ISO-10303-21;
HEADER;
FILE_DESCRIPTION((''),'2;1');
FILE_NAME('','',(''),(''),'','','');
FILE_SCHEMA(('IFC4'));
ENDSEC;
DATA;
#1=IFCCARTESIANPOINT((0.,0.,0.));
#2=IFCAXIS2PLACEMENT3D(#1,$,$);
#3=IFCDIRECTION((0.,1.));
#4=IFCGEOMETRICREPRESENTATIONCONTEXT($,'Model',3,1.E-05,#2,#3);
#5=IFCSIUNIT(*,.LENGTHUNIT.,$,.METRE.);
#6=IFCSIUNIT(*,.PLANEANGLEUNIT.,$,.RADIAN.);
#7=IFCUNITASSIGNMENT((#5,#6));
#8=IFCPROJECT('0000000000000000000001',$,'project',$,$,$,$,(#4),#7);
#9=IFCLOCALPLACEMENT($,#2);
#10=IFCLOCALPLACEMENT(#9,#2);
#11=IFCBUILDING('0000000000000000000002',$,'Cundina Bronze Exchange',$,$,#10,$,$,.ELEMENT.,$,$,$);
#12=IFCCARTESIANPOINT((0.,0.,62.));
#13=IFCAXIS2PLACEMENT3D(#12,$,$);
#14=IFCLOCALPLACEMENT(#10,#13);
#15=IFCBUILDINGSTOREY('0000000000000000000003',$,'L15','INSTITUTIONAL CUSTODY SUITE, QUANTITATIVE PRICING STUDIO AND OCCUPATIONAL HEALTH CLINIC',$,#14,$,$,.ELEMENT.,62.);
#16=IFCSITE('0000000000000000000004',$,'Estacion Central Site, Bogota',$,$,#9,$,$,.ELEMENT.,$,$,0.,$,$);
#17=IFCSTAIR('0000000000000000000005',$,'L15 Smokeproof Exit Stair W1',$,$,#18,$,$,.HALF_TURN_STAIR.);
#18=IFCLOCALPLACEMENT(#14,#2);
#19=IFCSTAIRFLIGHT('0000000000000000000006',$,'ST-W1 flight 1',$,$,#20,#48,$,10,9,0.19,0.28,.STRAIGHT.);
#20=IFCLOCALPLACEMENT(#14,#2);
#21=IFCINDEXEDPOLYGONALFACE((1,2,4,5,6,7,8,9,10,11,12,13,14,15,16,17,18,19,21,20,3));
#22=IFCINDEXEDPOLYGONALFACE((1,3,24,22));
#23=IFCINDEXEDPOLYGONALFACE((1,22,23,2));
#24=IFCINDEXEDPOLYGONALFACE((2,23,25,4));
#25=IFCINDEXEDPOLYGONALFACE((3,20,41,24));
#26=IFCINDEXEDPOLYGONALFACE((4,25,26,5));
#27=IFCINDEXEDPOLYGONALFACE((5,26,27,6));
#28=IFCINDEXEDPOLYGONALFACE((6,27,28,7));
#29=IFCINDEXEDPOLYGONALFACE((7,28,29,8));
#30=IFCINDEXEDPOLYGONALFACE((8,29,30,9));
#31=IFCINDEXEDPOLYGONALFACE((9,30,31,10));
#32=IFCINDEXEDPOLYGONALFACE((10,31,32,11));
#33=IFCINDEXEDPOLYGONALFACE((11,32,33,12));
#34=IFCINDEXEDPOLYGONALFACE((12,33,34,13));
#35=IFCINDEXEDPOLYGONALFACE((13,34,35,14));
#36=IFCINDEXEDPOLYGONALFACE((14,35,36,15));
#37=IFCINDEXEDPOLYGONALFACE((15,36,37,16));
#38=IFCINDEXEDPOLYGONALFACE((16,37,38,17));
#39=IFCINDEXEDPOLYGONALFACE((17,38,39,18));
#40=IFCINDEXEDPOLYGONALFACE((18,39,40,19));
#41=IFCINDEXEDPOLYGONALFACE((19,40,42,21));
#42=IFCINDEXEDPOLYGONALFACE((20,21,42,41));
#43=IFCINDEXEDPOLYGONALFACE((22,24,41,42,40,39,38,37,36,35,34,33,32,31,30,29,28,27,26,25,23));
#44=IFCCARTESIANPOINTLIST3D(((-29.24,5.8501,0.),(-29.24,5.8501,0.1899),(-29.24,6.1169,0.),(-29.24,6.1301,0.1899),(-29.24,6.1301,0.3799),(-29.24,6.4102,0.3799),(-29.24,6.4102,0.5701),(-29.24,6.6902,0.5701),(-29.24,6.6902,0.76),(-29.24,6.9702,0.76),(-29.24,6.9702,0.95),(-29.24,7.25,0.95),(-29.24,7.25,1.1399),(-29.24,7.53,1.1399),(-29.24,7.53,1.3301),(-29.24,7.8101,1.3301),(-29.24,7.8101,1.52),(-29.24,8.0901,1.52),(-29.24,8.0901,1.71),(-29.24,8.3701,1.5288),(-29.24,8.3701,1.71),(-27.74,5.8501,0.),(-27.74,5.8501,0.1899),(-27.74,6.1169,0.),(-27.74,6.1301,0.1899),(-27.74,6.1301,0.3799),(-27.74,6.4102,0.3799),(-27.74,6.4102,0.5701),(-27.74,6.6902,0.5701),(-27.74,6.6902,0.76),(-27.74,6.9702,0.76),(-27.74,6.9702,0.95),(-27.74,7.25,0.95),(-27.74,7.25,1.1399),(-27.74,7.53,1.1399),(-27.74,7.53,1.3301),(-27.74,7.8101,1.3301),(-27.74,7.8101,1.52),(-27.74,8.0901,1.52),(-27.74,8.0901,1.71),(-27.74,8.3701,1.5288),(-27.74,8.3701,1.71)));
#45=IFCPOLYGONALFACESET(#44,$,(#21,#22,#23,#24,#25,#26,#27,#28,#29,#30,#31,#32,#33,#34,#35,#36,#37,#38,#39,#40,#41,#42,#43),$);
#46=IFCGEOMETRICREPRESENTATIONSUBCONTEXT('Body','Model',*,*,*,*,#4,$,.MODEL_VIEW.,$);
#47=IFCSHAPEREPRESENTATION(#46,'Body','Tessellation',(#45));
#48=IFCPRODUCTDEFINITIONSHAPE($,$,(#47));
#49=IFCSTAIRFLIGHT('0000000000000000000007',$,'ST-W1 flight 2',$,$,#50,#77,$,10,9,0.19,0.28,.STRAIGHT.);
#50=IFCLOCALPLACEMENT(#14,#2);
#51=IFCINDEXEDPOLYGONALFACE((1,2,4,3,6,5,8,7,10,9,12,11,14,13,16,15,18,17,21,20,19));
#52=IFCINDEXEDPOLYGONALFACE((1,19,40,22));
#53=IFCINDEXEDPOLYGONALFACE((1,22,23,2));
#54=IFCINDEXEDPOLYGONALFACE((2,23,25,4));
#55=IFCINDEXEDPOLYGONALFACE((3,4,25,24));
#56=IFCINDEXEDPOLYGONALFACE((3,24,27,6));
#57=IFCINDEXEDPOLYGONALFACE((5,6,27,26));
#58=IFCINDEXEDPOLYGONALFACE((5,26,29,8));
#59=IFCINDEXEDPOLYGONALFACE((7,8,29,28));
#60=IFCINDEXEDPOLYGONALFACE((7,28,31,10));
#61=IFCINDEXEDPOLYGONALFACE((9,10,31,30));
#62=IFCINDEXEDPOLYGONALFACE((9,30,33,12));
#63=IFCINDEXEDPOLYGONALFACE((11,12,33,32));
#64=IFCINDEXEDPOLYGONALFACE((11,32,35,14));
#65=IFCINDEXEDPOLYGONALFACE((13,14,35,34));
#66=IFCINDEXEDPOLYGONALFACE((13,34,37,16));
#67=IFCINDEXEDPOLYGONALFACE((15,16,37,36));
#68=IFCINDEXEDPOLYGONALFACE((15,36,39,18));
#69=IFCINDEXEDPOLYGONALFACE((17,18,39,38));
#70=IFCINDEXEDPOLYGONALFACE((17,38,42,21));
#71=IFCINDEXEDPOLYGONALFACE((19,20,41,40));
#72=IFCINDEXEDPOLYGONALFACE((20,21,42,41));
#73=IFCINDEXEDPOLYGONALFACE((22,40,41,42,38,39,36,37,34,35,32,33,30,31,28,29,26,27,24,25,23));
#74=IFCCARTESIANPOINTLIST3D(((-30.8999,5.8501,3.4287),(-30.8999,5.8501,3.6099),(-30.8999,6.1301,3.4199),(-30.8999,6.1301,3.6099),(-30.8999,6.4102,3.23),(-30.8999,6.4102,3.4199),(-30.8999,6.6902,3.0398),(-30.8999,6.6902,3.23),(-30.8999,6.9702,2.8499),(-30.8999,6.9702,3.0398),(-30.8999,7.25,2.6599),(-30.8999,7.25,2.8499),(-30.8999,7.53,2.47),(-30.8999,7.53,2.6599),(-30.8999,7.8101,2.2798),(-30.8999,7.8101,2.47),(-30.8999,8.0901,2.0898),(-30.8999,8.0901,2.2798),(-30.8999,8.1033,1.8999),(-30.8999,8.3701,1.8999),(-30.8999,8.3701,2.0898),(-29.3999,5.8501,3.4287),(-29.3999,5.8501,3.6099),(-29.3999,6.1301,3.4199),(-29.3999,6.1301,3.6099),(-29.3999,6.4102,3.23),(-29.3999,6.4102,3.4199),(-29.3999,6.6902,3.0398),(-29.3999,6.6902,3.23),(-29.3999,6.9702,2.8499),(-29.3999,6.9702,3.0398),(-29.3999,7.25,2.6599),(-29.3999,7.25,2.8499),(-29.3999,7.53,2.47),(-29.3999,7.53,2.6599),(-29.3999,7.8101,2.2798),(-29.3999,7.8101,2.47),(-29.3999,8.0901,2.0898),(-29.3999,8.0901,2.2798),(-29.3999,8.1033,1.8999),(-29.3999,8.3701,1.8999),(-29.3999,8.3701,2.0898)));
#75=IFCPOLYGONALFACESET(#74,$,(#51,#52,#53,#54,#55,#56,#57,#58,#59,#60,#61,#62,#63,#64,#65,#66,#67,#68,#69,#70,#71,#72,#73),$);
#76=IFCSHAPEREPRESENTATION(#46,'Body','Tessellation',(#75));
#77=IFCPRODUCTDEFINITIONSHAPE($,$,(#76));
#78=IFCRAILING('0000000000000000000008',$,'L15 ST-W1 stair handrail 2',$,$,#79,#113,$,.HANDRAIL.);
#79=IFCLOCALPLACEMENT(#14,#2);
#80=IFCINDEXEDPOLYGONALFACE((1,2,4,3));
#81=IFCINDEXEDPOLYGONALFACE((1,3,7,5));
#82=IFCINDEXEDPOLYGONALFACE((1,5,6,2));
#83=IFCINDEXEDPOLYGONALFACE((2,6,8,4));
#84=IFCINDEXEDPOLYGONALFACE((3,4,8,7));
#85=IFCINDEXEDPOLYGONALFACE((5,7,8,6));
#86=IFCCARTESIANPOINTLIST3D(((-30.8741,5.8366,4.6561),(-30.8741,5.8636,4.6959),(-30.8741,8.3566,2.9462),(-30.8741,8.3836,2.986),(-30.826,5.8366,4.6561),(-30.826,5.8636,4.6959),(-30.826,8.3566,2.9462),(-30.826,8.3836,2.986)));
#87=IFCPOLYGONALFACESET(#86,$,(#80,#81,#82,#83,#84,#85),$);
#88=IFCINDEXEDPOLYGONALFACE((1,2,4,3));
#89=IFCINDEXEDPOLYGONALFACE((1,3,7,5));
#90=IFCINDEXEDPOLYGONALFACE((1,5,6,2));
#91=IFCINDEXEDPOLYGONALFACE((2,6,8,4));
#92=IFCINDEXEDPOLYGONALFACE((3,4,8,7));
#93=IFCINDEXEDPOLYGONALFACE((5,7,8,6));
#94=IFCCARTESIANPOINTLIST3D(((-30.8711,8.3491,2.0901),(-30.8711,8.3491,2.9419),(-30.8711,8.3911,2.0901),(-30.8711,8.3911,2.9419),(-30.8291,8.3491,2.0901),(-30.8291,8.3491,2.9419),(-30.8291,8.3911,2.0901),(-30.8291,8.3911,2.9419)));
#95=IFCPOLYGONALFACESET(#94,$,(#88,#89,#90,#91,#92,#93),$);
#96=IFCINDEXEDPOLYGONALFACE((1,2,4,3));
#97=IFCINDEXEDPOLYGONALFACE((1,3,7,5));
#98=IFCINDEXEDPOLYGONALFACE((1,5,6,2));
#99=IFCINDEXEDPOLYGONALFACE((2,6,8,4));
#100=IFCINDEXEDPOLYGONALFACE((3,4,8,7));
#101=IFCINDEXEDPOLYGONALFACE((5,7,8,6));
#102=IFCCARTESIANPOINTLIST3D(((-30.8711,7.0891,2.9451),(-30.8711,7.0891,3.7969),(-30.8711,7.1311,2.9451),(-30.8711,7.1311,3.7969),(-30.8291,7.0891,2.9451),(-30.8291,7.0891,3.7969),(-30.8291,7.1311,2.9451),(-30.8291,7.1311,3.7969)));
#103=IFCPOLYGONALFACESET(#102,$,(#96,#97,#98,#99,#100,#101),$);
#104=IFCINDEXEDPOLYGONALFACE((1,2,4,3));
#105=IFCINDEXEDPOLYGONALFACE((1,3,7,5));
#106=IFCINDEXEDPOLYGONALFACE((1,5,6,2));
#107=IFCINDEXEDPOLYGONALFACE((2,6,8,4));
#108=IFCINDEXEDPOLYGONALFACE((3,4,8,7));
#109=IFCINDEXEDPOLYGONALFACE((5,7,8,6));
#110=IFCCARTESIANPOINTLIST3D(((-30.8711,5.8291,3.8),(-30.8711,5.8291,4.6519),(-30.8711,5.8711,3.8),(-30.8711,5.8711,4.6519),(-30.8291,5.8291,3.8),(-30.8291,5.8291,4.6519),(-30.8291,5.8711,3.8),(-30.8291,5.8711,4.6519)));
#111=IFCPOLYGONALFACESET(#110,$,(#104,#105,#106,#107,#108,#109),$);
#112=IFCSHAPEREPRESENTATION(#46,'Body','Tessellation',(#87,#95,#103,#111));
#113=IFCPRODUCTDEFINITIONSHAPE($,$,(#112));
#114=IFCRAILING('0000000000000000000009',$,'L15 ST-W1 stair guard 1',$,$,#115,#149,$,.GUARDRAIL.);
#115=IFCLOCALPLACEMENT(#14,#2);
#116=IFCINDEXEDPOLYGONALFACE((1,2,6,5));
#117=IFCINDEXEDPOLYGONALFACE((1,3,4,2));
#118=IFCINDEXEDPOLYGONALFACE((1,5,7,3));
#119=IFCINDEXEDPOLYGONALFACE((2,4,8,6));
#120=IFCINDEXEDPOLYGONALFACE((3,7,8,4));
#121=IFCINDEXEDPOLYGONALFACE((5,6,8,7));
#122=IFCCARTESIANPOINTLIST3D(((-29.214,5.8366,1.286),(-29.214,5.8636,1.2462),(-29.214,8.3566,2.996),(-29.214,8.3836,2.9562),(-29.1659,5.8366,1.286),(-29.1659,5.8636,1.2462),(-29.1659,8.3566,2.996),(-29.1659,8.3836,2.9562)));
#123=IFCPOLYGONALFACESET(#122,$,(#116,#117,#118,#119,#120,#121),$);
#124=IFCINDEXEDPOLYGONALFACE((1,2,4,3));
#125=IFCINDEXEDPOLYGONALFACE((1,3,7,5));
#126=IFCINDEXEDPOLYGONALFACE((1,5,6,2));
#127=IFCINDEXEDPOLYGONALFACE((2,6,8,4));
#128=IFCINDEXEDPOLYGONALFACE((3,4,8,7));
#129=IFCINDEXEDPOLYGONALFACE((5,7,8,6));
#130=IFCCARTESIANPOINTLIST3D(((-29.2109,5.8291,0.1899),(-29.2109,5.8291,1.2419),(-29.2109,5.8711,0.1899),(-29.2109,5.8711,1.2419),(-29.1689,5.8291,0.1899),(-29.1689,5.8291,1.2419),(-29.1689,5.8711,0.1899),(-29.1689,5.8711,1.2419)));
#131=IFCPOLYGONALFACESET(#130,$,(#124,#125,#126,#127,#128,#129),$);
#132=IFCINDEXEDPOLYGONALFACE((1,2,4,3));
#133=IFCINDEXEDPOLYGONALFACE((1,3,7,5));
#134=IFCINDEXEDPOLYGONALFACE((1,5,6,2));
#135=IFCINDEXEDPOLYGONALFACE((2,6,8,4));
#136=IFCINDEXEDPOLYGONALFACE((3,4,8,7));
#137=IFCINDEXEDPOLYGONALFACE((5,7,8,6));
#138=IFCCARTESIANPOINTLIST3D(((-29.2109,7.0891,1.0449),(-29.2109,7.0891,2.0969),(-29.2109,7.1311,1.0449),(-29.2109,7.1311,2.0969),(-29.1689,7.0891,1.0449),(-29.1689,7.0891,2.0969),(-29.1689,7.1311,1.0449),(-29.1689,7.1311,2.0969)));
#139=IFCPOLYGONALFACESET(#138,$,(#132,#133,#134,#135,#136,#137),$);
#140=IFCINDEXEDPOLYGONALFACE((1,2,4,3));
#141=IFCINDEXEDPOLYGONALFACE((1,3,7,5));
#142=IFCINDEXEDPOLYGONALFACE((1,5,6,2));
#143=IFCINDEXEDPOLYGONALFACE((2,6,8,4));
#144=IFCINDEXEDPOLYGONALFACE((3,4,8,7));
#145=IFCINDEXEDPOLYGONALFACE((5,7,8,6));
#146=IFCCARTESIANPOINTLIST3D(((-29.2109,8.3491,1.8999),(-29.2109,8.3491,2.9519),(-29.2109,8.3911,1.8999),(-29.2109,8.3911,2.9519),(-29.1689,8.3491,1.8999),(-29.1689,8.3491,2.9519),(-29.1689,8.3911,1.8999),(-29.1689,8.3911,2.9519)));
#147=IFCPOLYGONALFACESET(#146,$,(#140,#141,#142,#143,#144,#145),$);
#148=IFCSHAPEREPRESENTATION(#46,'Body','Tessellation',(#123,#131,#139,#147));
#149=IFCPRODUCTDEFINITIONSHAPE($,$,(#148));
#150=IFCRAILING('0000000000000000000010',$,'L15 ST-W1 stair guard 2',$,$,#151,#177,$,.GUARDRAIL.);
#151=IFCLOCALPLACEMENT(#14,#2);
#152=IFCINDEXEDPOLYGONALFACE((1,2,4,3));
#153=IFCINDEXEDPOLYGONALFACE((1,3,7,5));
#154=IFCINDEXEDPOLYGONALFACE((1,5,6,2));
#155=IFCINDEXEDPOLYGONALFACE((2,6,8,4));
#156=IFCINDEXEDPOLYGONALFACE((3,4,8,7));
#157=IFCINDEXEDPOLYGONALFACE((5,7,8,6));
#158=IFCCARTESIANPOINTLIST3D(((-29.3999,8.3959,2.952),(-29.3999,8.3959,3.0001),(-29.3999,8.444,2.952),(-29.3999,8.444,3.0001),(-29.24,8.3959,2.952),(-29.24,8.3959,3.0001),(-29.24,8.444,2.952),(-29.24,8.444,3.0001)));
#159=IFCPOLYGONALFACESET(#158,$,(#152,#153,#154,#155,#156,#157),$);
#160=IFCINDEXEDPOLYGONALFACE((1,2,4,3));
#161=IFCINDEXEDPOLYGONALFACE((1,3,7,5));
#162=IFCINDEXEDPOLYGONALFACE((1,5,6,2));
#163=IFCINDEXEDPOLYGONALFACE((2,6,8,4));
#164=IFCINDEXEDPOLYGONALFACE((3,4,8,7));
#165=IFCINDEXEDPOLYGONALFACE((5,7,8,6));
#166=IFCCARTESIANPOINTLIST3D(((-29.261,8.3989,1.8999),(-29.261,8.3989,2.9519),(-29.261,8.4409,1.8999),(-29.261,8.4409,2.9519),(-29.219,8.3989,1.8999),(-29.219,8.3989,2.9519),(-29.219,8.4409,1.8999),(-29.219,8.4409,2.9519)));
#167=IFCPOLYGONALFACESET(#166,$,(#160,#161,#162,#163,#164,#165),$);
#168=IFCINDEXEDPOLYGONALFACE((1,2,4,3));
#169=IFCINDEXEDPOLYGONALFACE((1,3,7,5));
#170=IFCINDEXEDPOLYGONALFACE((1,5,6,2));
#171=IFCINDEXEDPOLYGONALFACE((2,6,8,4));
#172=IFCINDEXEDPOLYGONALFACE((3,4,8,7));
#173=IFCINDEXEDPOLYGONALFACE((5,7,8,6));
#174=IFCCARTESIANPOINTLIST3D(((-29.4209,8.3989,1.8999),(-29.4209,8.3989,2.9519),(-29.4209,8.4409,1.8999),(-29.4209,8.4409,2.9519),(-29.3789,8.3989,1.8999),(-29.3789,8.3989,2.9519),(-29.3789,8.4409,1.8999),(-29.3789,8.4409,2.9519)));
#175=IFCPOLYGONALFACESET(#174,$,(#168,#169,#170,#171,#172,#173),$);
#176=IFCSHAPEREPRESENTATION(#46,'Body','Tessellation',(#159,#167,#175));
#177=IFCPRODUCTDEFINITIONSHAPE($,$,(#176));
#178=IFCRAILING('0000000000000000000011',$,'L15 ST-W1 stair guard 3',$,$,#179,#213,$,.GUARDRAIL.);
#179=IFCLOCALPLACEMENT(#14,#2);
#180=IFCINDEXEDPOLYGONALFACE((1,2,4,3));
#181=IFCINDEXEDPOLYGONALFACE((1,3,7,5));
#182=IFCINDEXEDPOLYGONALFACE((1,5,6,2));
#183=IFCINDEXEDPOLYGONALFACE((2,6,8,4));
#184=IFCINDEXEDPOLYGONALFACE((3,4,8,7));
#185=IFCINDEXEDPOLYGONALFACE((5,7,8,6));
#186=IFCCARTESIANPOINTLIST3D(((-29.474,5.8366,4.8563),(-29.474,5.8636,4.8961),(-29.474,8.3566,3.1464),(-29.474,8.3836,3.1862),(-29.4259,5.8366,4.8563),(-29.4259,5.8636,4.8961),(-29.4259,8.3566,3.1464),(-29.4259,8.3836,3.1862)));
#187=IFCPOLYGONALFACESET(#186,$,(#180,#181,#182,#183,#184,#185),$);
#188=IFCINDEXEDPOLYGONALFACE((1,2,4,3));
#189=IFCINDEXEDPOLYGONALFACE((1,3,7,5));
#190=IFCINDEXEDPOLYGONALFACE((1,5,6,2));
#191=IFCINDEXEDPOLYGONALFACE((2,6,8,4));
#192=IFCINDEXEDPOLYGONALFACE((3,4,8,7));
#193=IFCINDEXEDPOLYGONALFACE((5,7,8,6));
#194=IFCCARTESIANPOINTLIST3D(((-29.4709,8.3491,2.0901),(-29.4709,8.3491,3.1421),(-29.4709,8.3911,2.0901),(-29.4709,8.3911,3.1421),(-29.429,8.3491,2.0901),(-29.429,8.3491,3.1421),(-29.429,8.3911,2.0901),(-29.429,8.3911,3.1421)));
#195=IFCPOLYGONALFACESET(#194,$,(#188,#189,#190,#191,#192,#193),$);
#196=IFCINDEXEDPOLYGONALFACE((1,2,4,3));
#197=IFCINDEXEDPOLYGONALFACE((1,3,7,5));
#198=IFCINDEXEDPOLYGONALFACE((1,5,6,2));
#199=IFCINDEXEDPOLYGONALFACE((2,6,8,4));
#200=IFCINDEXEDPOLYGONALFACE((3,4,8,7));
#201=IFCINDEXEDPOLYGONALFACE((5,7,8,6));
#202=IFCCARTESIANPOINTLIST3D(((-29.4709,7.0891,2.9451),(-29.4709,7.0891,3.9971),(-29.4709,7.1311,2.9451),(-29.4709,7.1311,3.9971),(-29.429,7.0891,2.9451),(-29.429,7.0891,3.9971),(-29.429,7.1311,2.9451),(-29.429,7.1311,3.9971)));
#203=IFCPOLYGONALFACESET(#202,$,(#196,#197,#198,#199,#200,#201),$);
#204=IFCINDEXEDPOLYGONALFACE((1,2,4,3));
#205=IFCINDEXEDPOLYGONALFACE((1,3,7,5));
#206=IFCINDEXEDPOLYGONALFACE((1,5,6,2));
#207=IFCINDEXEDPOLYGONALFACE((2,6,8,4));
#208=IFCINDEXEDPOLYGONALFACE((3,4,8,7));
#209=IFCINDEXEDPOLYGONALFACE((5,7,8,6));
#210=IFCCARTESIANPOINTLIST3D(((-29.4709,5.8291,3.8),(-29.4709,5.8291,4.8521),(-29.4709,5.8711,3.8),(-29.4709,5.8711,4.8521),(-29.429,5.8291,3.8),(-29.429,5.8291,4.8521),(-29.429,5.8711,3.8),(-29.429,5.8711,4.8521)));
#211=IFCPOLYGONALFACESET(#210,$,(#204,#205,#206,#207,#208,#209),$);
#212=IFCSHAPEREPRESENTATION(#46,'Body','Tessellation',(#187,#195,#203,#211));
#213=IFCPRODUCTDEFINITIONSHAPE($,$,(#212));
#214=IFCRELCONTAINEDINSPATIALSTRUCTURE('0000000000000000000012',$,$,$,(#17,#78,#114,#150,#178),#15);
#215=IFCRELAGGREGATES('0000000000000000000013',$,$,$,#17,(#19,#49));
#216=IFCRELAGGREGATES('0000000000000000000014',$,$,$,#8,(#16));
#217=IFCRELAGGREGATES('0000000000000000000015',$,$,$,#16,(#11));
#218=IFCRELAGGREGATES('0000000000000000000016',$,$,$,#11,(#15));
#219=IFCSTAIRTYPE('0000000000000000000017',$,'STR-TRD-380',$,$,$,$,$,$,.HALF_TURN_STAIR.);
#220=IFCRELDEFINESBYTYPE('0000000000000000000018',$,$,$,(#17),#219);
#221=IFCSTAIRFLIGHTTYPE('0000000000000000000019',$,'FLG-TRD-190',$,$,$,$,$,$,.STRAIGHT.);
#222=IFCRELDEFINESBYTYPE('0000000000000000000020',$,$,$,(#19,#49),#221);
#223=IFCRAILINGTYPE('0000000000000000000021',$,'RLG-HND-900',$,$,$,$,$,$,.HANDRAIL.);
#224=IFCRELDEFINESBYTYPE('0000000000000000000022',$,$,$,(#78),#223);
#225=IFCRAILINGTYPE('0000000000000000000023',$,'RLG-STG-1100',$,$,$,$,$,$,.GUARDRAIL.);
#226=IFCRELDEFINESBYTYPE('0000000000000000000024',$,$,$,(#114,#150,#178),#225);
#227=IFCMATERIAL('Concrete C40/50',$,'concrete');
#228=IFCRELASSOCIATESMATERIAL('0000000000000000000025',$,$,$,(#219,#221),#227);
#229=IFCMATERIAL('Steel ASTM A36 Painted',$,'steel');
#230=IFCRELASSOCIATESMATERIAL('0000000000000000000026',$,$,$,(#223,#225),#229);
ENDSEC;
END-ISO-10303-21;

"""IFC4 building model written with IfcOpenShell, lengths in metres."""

from ifc_helpers import new_model, si_unit, direction, frame, origin, origin_2d, place, context, subcontext, project, spatial, polyline, rectangle, outline, extrude, material, type_object, element, aggregate, save


model = new_model("IFC4")

# Units and contexts
model_context = context("Model", 3, precision=1e-05, world=origin(), true_north=direction((0.0, 1.0)))
body_context = subcontext(model_context, "Body", "Model", "MODEL_VIEW")
ifc_project = project(units=[si_unit("LENGTHUNIT", "METRE"), si_unit("PLANEANGLEUNIT", "RADIAN")], contexts=[model_context])

# Site, building, storey
site_placement = place(None, origin())
site = spatial("IfcSite", under=ifc_project, at=site_placement, Name="Estacion Central Site, Bogota", CompositionType="ELEMENT", RefElevation=0.0)
building_placement = place(site_placement, origin())
building = spatial("IfcBuilding", under=site, at=building_placement, Name="Cundina Bronze Exchange", CompositionType="ELEMENT")
storey_placement = place(building_placement, frame((0.0, 0.0, 62.0)))
storey = spatial("IfcBuildingStorey", under=building, at=storey_placement, Name="L15", Description="INSTITUTIONAL CUSTODY SUITE, QUANTITATIVE PRICING STUDIO AND OCCUPATIONAL HEALTH CLINIC", CompositionType="ELEMENT", Elevation=62.0)

# Shared definitions
ifc_material_1 = material(Name="Steel ASTM A36 Painted", Category="steel")

# Stair, stair flights
ifc_material_2 = material(Name="Concrete C40/50", Category="concrete")
stair_type = type_object("IfcStairType", Name="STR-TRD-380", PredefinedType="HALF_TURN_STAIR", material=ifc_material_2)
stair_placement = place(storey_placement, origin())
stair = element("IfcStair", 1, at=stair_placement, inside=storey, type_object=stair_type, Name="L15 Smokeproof Exit Stair W1", PredefinedType="HALF_TURN_STAIR")
stair_flight_type = type_object("IfcStairFlightType", Name="FLG-TRD-190", PredefinedType="STRAIGHT", material=ifc_material_2)
stair_flight_1_placement = place(storey_placement, frame((-28.49, 5.8501, 0.0), z_axis=(0.0, 0.0, 1.0), x_axis=(0.0, 1.0, 0.0)))
stair_flight_1 = element("IfcStairFlight", 2, at=stair_flight_1_placement, type_object=stair_flight_type, Name="ST-W1 flight 1", NumberOfRisers=10, NumberOfTreads=9, PredefinedType="STRAIGHT", RiserHeight=0.19, TreadLength=0.28, context=body_context, shape_type="SweptSolid", body=[
    extrude(outline(polyline([(0.0, 0.0), (0.0, 0.1899), (0.28, 0.1899), (0.28, 0.3799), (0.5601, 0.3799), (0.5601, 0.5701), (0.8401, 0.5701), (0.8401, 0.76), (1.1201, 0.76), (1.1201, 0.95), (1.3999, 0.95), (1.3999, 1.1399), (1.6799, 1.1399), (1.6799, 1.3301), (1.96, 1.3301), (1.96, 1.52), (2.24, 1.52), (2.24, 1.71), (2.52, 1.71), (2.52, 1.8999), (2.52, 1.5288), (0.2668, 0.0), (0.0, 0.0)])), frame((0.0, 0.75, 0.0), z_axis=(0.0, -1.0, 0.0), x_axis=(1.0, 0.0, 0.0)), (0.0, 0.0, 1.0), 1.5),
])
stair_flight_2_placement = place(storey_placement, frame((-30.1499, 8.3701, 1.8999), z_axis=(0.0, 0.0, 1.0), x_axis=(0.0, -1.0, 0.0)))
stair_flight_2 = element("IfcStairFlight", 3, at=stair_flight_2_placement, type_object=stair_flight_type, Name="ST-W1 flight 2", NumberOfRisers=10, NumberOfTreads=9, PredefinedType="STRAIGHT", RiserHeight=0.19, TreadLength=0.28, context=body_context, shape_type="SweptSolid", body=[
    extrude(outline(polyline([(0.0, 0.0), (0.0, 0.1899), (0.28, 0.1899), (0.28, 0.3799), (0.5601, 0.3799), (0.5601, 0.5701), (0.8401, 0.5701), (0.8401, 0.76), (1.1201, 0.76), (1.1201, 0.95), (1.3999, 0.95), (1.3999, 1.1399), (1.6799, 1.1399), (1.6799, 1.3301), (1.96, 1.3301), (1.96, 1.52), (2.24, 1.52), (2.24, 1.71), (2.52, 1.71), (2.52, 1.8999), (2.52, 1.5288), (0.2668, 0.0), (0.0, 0.0)])), frame((0.0, 0.75, 0.0), z_axis=(0.0, -1.0, 0.0), x_axis=(1.0, 0.0, 0.0)), (0.0, 0.0, 1.0), 1.5),
])
aggregate(stair, [stair_flight_1, stair_flight_2])

# Railings
railing_type_1 = type_object("IfcRailingType", Name="RLG-HND-900", PredefinedType="HANDRAIL", material=ifc_material_1)
railing_1_placement = place(storey_placement, frame((-30.8501, 8.3701, 2.0901)))
element("IfcRailing", 4, at=railing_1_placement, inside=storey, type_object=railing_type_1, Name="L15 ST-W1 stair handrail 2", PredefinedType="HANDRAIL", context=body_context, shape_type="SweptSolid", body=[
    extrude(rectangle(XDim=0.0481, YDim=0.0481, at=origin_2d()), frame((0.0, 0.0, 0.876), z_axis=(0.0, -0.827484, 0.56149), x_axis=(1.0, 0.0, 0.0)), (0.0, 0.0, 1.0), 3.0454),
    extrude(rectangle(XDim=0.042, YDim=0.042, at=origin_2d()), origin(), (0.0, 0.0, 1.0), 0.8518),
    extrude(rectangle(XDim=0.042, YDim=0.042, at=origin_2d()), frame((0.0, -1.26, 0.855)), (0.0, 0.0, 1.0), 0.8518),
    extrude(rectangle(XDim=0.042, YDim=0.042, at=origin_2d()), frame((0.0, -2.52, 1.71)), (0.0, 0.0, 1.0), 0.8518),
])
railing_type_2 = type_object("IfcRailingType", Name="RLG-STG-1100", PredefinedType="GUARDRAIL", material=ifc_material_1)
railing_2_placement = place(storey_placement, frame((-29.1899, 5.8501, 0.1899)))
element("IfcRailing", 5, at=railing_2_placement, inside=storey, type_object=railing_type_2, Name="L15 ST-W1 stair guard 1", PredefinedType="GUARDRAIL", context=body_context, shape_type="SweptSolid", body=[
    extrude(rectangle(XDim=0.0481, YDim=0.0481, at=origin_2d()), frame((0.0, 0.0, 1.0762), z_axis=(0.0, 0.827484, 0.56149), x_axis=(-1.0, 0.0, 0.0)), (0.0, 0.0, 1.0), 3.0454),
    extrude(rectangle(XDim=0.042, YDim=0.042, at=origin_2d()), origin(), (0.0, 0.0, 1.0), 1.052),
    extrude(rectangle(XDim=0.042, YDim=0.042, at=origin_2d()), frame((0.0, 1.26, 0.855)), (0.0, 0.0, 1.0), 1.052),
    extrude(rectangle(XDim=0.042, YDim=0.042, at=origin_2d()), frame((0.0, 2.52, 1.71)), (0.0, 0.0, 1.0), 1.052),
])
railing_3_placement = place(storey_placement, frame((-29.24, 8.4199, 1.8999)))
element("IfcRailing", 6, at=railing_3_placement, inside=storey, type_object=railing_type_2, Name="L15 ST-W1 stair guard 2", PredefinedType="GUARDRAIL", context=body_context, shape_type="SweptSolid", body=[
    extrude(rectangle(XDim=0.0481, YDim=0.0481, at=origin_2d()), frame((0.0, 0.0, 1.0762), z_axis=(-1.0, 0.0, 0.0), x_axis=(0.0, -1.0, 0.0)), (0.0, 0.0, 1.0), 0.1599),
    extrude(rectangle(XDim=0.042, YDim=0.042, at=origin_2d()), origin(), (0.0, 0.0, 1.0), 1.052),
    extrude(rectangle(XDim=0.042, YDim=0.042, at=origin_2d()), frame((-0.1599, 0.0, 0.0)), (0.0, 0.0, 1.0), 1.052),
])
railing_4_placement = place(storey_placement, frame((-29.45, 8.3701, 2.0901)))
element("IfcRailing", 7, at=railing_4_placement, inside=storey, type_object=railing_type_2, Name="L15 ST-W1 stair guard 3", PredefinedType="GUARDRAIL", context=body_context, shape_type="SweptSolid", body=[
    extrude(rectangle(XDim=0.0481, YDim=0.0481, at=origin_2d()), frame((0.0, 0.0, 1.0762), z_axis=(0.0, -0.827484, 0.56149), x_axis=(1.0, 0.0, 0.0)), (0.0, 0.0, 1.0), 3.0454),
    extrude(rectangle(XDim=0.042, YDim=0.042, at=origin_2d()), origin(), (0.0, 0.0, 1.0), 1.052),
    extrude(rectangle(XDim=0.042, YDim=0.042, at=origin_2d()), frame((0.0, -1.26, 0.855)), (0.0, 0.0, 1.0), 1.052),
    extrude(rectangle(XDim=0.042, YDim=0.042, at=origin_2d()), frame((0.0, -2.52, 1.71)), (0.0, 0.0, 1.0), 1.052),
])

save(model, "model.ifc")
